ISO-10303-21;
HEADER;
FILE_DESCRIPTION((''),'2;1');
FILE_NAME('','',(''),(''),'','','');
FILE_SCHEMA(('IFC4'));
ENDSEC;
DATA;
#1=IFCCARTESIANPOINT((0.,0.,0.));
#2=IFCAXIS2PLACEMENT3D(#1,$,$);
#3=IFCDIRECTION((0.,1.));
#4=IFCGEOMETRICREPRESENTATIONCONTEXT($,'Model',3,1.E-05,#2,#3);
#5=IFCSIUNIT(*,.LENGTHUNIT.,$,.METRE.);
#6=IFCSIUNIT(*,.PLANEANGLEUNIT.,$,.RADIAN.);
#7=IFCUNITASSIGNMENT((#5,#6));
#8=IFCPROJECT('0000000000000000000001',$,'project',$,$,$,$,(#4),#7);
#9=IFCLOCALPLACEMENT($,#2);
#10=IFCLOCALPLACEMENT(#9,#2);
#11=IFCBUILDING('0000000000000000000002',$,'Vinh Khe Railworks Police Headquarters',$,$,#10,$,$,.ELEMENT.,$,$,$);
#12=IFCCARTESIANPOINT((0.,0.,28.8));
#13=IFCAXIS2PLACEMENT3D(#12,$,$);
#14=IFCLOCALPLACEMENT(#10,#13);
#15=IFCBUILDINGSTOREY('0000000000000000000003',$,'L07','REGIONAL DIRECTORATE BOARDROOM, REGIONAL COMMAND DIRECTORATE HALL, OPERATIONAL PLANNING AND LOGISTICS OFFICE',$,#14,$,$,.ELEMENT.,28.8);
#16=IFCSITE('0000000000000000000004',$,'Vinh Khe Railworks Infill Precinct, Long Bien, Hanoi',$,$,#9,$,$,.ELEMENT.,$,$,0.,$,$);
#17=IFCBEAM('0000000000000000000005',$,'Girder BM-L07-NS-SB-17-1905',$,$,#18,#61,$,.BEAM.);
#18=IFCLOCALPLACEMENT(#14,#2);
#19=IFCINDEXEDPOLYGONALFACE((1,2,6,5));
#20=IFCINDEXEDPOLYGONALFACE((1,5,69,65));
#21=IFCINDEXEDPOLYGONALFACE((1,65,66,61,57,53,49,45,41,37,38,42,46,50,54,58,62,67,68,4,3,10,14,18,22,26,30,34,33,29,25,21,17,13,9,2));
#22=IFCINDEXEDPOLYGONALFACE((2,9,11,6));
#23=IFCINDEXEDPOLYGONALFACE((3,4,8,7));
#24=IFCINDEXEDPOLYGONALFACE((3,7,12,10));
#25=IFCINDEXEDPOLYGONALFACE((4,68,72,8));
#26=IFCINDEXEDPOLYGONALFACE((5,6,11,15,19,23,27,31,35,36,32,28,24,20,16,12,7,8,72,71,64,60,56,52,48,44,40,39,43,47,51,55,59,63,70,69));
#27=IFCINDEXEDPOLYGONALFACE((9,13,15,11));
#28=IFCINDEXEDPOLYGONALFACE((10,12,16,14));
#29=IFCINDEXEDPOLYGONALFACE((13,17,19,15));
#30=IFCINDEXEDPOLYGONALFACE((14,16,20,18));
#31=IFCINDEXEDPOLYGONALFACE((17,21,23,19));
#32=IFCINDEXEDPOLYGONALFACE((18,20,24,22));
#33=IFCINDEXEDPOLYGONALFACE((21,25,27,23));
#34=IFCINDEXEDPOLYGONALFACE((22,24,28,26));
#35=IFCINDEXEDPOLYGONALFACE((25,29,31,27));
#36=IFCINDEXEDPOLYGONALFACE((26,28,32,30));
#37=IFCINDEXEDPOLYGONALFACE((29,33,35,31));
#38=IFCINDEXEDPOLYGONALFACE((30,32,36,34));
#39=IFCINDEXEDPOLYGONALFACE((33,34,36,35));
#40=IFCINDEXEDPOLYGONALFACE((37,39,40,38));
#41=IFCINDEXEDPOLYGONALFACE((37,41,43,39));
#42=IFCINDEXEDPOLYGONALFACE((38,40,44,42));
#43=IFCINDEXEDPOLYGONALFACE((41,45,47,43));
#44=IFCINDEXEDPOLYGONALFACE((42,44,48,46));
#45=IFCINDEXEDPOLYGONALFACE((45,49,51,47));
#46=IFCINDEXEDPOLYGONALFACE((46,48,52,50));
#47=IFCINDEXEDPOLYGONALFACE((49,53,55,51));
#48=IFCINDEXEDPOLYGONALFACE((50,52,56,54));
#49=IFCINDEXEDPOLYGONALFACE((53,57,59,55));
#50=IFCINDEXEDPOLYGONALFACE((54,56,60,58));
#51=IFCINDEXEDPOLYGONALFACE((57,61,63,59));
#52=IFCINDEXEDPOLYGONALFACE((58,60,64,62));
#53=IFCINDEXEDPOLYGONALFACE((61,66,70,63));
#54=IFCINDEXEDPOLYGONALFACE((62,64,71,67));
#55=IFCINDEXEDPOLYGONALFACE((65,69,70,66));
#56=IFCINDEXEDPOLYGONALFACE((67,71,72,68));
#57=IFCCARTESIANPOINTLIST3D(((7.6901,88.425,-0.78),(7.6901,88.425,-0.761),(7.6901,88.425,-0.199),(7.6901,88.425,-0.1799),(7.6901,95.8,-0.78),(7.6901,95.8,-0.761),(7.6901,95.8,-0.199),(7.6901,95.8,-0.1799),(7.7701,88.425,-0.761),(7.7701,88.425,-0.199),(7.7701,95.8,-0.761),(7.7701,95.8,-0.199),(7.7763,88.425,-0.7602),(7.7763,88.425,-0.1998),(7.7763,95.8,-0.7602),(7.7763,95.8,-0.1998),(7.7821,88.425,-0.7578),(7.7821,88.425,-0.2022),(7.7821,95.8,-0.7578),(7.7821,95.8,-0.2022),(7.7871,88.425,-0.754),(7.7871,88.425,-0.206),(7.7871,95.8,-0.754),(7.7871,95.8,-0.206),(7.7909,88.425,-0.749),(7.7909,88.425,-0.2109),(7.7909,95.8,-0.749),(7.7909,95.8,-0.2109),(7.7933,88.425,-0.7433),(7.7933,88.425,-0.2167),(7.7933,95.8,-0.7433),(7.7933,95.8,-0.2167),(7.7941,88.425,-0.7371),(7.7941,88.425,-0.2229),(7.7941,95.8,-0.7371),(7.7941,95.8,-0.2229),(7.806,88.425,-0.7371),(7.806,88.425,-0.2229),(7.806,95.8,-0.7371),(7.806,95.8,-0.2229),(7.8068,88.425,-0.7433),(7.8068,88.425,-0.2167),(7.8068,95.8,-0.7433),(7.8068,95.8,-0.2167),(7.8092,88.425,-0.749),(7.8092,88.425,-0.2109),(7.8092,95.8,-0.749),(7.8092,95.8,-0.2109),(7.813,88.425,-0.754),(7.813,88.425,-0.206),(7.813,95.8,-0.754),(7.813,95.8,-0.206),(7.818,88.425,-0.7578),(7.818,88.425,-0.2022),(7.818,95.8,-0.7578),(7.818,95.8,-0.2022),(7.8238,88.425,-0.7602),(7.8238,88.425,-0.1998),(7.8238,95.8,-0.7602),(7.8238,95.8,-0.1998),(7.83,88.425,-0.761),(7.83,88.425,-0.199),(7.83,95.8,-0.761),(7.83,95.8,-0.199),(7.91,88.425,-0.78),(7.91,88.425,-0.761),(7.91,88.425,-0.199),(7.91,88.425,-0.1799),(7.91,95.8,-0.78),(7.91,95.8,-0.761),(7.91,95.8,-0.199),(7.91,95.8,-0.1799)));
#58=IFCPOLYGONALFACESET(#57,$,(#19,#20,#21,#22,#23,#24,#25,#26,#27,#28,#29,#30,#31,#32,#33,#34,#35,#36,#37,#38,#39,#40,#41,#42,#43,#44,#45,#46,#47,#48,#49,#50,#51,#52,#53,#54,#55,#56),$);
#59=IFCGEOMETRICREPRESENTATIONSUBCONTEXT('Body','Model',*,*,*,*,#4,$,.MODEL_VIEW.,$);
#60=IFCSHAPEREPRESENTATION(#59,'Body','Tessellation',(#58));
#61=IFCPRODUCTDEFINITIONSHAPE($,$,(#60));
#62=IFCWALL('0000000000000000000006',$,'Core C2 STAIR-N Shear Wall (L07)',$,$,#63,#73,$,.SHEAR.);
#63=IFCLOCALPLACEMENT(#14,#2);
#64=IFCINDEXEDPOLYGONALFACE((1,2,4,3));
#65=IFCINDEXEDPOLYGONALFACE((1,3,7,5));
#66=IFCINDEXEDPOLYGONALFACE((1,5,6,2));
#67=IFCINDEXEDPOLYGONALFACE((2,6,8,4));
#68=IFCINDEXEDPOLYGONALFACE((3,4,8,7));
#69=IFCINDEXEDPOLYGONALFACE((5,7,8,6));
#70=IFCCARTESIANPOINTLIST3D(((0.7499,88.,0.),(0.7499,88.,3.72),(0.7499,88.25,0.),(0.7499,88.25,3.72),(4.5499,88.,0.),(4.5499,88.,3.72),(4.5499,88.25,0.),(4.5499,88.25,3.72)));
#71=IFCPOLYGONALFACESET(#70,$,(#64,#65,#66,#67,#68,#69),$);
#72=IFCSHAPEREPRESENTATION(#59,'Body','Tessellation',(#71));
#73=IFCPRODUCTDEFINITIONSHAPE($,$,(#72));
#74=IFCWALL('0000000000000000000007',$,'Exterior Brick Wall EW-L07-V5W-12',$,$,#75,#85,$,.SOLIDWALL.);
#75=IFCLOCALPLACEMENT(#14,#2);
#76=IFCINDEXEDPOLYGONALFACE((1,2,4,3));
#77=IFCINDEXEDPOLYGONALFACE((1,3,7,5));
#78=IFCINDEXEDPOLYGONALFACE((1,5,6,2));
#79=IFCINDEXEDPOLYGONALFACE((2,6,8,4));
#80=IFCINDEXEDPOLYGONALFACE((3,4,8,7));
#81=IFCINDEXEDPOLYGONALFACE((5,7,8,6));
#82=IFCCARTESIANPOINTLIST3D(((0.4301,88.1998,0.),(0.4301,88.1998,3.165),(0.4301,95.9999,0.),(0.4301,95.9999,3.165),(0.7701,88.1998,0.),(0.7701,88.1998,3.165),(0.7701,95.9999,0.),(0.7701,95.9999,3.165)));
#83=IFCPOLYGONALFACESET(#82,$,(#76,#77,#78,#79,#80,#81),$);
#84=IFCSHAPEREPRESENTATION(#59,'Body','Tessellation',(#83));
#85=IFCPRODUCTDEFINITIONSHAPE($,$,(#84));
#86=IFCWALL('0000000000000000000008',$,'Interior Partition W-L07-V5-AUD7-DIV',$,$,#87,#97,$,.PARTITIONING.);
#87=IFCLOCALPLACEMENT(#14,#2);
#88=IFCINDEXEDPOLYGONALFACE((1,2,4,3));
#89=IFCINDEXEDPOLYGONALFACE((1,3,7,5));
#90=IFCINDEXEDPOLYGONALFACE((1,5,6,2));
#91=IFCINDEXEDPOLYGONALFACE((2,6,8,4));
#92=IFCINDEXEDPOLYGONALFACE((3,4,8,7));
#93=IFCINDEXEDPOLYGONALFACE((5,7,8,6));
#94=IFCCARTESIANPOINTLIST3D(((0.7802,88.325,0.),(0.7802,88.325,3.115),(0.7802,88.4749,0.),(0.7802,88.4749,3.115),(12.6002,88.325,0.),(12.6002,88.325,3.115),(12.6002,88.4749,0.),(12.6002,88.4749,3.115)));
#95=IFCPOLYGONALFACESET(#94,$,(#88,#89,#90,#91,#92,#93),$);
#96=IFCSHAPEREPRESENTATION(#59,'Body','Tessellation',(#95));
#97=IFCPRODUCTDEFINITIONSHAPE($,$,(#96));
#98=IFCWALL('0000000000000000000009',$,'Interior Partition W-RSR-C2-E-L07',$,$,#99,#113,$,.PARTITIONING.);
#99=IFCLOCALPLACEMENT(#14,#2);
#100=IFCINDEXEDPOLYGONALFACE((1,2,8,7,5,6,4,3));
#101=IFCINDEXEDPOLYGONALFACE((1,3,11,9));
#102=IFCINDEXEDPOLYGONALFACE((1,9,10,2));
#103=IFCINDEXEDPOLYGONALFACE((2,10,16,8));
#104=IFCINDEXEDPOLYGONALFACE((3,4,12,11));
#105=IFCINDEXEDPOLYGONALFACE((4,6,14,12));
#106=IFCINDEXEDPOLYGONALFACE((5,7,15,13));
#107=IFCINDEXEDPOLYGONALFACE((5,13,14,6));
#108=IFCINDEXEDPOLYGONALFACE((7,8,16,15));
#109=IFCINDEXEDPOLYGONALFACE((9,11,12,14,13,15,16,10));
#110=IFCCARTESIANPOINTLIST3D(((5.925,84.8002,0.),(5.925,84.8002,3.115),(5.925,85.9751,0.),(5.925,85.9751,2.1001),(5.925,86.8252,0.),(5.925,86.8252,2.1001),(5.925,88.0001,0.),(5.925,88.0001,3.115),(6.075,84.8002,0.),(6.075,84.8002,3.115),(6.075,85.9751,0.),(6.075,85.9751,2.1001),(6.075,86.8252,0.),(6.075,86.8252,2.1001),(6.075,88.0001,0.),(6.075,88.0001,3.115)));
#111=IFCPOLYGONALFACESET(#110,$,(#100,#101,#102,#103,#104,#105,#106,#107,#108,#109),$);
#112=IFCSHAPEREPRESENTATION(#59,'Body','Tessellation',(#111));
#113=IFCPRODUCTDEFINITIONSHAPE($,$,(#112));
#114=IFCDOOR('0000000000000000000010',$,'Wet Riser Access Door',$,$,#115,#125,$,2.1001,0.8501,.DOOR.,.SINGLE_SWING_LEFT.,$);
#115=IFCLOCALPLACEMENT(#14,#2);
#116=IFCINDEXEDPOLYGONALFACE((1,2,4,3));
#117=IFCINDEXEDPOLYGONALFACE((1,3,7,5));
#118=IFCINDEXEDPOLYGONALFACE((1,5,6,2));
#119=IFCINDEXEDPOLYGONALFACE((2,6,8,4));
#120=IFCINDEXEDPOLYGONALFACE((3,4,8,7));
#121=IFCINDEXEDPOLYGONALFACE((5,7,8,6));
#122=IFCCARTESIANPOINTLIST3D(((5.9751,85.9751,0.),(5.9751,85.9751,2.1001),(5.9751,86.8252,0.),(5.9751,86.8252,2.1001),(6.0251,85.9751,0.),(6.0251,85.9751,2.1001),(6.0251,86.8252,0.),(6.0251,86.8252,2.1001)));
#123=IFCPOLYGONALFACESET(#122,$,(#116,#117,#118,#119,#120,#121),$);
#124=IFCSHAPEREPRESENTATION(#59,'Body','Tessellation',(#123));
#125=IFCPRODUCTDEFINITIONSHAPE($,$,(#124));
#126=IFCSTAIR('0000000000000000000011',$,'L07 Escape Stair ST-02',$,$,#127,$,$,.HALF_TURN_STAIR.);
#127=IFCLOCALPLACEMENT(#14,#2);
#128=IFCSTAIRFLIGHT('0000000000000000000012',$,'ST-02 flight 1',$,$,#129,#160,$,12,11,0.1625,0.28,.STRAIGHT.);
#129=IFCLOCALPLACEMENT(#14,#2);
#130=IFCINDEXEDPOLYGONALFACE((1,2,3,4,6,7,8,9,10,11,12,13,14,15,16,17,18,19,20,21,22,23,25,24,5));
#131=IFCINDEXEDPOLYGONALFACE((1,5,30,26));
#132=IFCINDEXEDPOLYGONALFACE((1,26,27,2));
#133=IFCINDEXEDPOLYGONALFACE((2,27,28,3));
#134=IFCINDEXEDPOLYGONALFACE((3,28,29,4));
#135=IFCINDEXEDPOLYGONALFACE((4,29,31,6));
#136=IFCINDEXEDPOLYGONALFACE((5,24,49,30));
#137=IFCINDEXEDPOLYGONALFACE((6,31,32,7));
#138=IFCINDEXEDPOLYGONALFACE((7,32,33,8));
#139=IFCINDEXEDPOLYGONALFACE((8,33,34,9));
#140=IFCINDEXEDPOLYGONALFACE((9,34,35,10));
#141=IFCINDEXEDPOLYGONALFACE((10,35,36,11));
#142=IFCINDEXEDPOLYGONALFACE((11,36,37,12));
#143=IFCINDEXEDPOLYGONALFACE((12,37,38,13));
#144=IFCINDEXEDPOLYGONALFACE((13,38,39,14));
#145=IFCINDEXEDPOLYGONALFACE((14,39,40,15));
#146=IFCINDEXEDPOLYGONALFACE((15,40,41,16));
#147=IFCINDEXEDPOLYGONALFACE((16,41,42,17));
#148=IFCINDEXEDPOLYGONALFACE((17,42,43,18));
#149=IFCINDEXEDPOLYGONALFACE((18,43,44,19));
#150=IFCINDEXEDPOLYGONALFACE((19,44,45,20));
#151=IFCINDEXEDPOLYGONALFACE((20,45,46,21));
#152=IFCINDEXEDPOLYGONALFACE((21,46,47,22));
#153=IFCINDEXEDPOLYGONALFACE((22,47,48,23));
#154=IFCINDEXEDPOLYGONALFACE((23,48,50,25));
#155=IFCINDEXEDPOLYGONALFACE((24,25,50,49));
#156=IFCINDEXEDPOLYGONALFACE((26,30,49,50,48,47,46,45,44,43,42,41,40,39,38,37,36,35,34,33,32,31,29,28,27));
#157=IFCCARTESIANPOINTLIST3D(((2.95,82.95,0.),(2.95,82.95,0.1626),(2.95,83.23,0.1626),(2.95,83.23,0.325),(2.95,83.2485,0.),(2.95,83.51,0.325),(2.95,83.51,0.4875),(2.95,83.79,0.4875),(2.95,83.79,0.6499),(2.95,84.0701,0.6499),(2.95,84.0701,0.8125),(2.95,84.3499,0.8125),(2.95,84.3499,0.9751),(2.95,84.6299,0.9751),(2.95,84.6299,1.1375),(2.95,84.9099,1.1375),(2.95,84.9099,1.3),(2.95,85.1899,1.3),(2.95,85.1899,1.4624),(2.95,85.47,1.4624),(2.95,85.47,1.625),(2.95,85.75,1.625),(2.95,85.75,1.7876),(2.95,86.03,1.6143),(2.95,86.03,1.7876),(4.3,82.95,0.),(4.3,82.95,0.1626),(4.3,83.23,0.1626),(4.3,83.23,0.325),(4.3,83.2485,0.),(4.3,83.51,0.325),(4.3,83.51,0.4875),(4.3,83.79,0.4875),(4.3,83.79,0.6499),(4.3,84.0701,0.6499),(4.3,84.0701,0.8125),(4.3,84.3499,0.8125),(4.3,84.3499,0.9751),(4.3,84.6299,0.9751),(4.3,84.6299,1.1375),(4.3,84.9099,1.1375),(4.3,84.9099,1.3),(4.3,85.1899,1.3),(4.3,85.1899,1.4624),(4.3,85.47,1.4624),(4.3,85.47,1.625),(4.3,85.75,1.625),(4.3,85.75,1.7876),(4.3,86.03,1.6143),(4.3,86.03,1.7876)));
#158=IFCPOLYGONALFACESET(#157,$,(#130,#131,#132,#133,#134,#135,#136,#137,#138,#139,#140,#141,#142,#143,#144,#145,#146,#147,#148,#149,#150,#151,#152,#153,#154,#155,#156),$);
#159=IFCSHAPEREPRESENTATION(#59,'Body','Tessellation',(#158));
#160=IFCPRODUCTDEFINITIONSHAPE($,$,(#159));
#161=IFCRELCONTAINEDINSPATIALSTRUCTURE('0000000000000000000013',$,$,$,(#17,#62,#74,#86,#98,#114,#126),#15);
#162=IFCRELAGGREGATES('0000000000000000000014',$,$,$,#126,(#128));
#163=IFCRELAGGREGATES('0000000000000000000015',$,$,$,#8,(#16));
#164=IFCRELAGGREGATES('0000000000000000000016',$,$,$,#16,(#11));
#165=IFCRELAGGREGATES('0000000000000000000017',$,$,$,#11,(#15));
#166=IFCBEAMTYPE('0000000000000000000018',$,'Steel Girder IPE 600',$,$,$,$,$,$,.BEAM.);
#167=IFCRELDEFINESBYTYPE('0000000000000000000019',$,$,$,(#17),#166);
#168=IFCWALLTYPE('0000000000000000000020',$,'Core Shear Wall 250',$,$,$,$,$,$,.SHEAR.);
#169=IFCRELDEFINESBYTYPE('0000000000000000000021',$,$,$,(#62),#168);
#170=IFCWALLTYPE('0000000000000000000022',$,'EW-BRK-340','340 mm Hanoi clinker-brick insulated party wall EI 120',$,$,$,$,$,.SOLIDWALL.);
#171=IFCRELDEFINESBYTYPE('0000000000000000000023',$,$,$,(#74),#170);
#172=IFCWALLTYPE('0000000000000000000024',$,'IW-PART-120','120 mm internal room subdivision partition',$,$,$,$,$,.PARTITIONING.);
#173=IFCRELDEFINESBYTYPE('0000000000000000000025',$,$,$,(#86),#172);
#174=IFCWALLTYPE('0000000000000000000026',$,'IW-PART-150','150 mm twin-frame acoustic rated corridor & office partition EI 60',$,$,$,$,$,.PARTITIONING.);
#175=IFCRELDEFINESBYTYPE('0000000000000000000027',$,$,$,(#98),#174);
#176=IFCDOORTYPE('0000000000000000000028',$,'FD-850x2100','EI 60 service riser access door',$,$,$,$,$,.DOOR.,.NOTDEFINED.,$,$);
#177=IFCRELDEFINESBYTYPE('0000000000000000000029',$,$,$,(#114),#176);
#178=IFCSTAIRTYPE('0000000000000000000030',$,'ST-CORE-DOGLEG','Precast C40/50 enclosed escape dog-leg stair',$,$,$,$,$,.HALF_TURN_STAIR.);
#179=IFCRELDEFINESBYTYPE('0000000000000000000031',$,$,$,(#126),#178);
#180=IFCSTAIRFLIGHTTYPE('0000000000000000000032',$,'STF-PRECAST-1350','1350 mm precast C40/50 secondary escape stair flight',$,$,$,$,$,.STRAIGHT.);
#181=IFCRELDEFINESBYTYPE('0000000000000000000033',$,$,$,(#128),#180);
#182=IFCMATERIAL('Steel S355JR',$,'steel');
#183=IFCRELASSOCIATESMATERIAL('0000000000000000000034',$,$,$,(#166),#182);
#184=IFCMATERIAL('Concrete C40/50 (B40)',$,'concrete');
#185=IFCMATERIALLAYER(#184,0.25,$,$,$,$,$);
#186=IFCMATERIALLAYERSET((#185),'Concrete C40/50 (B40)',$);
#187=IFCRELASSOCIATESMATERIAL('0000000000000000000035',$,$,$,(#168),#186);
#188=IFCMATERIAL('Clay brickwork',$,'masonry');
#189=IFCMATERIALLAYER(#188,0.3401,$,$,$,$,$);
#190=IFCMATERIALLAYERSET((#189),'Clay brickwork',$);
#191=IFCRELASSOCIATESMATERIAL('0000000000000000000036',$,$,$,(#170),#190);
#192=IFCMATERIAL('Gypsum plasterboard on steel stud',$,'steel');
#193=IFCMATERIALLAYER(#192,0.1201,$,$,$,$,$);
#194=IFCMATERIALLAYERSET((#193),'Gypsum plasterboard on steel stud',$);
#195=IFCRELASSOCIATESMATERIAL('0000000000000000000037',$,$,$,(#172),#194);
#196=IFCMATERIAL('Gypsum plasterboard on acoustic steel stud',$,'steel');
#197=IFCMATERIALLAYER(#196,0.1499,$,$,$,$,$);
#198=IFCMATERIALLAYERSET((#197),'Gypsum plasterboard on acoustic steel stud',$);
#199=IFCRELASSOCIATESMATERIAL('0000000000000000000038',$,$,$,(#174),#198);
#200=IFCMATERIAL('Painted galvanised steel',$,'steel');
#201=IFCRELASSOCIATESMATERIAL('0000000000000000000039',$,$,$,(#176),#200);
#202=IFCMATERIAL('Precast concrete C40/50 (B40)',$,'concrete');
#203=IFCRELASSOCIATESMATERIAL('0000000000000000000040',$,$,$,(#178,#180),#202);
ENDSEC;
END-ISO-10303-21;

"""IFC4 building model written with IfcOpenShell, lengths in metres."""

from ifc_helpers import new_model, si_unit, direction, frame, frame_2d, origin, origin_2d, place, context, subcontext, project, spatial, polyline, rectangle, i_section, outline, extrude, material, layer, layer_set, material_profile, profile_set, type_object, element, fill, aggregate, save


model = new_model("IFC4")

# Units and contexts
model_context = context("Model", 3, precision=1e-05, world=origin(), true_north=direction((0.0, 1.0)))
body_context = subcontext(model_context, "Body", "Model", "MODEL_VIEW")
ifc_project = project(units=[si_unit("LENGTHUNIT", "METRE"), si_unit("PLANEANGLEUNIT", "RADIAN")], contexts=[model_context])

# Site, building, storey
site_placement = place(None, origin())
site = spatial("IfcSite", under=ifc_project, at=site_placement, Name="Vinh Khe Railworks Infill Precinct, Long Bien, Hanoi", CompositionType="ELEMENT", RefElevation=0.0)
building_placement = place(site_placement, origin())
building = spatial("IfcBuilding", under=site, at=building_placement, Name="Vinh Khe Railworks Police Headquarters", CompositionType="ELEMENT")
storey_placement = place(building_placement, frame((0.0, 0.0, 28.8)))
storey = spatial("IfcBuildingStorey", under=building, at=storey_placement, Name="L07", Description="REGIONAL DIRECTORATE BOARDROOM, REGIONAL COMMAND DIRECTORATE HALL, OPERATIONAL PLANNING AND LOGISTICS OFFICE", CompositionType="ELEMENT", Elevation=28.8)

# Shared definitions
ifc_material_1 = material(Name="Steel S355JR", Category="steel")

# Beam
ifc_material_profile_1 = material_profile(ifc_material_1, i_section(OverallWidth=0.22, OverallDepth=0.6001, WebThickness=0.012, FlangeThickness=0.019, FilletRadius=0.0239, at=origin_2d()), Name="IPE 600")
ifc_profile_set_1 = profile_set([ifc_material_profile_1], Name="Steel S355JR")
beam_type_1 = type_object("IfcBeamType", Name="Steel Girder IPE 600", PredefinedType="BEAM", material=ifc_profile_set_1)
beam_1_placement = place(storey_placement, frame((7.8, 88.425, -0.48), z_axis=(0.0, 1.0, 0.0), x_axis=(-1.0, 0.0, 0.0)))
element("IfcBeam", 1, at=beam_1_placement, inside=storey, type_object=beam_type_1, Name="Girder BM-L07-NS-SB-17-1905", PredefinedType="BEAM", context=body_context, shape_type="SweptSolid", body=[
    extrude(i_section(OverallWidth=0.22, OverallDepth=0.6001, WebThickness=0.012, FlangeThickness=0.019, FilletRadius=0.0239, at=origin_2d()), origin(), (0.0, 0.0, 1.0), 7.375),
])

# Walls
ifc_material_2 = material(Name="Concrete C40/50 (B40)", Category="concrete")
ifc_layer_1 = layer(ifc_material_2, 0.25)
ifc_layer_set_1 = layer_set([ifc_layer_1], Name="Concrete C40/50 (B40)")
wall_type_1 = type_object("IfcWallType", Name="Core Shear Wall 250", PredefinedType="SHEAR", material=ifc_layer_set_1)
wall_1_placement = place(storey_placement, frame((0.75, 88.125, 0.0), z_axis=(0.0, 0.0, 1.0), x_axis=(1.0, 0.0, 0.0)))
element("IfcWall", 2, at=wall_1_placement, inside=storey, type_object=wall_type_1, Name="Core C2 STAIR-N Shear Wall (L07)", PredefinedType="SHEAR", context=body_context, shape_type="SweptSolid", body=[
    extrude(rectangle(XDim=3.8, YDim=0.25, at=frame_2d((1.8999, 0.0))), origin(), (0.0, 0.0, 1.0), 3.72),
])
ifc_material_3 = material(Name="Clay brickwork", Category="masonry")
ifc_layer_2 = layer(ifc_material_3, 0.3401)
ifc_layer_set_2 = layer_set([ifc_layer_2], Name="Clay brickwork")
wall_type_2 = type_object("IfcWallType", Name="EW-BRK-340", Description="340 mm Hanoi clinker-brick insulated party wall EI 120", PredefinedType="SOLIDWALL", material=ifc_layer_set_2)
wall_2_placement = place(storey_placement, frame((0.6001, 88.2, 0.0), z_axis=(0.0, 0.0, 1.0), x_axis=(0.0, 1.0, 0.0)))
element("IfcWall", 3, at=wall_2_placement, inside=storey, type_object=wall_type_2, Name="Exterior Brick Wall EW-L07-V5W-12", PredefinedType="SOLIDWALL", context=body_context, shape_type="SweptSolid", body=[
    extrude(rectangle(XDim=7.8, YDim=0.3401, at=frame_2d((3.8999, 0.0))), origin(), (0.0, 0.0, 1.0), 3.165),
])
ifc_material_4 = material(Name="Gypsum plasterboard on steel stud", Category="steel")
ifc_layer_3 = layer(ifc_material_4, 0.1201)
ifc_layer_set_3 = layer_set([ifc_layer_3], Name="Gypsum plasterboard on steel stud")
wall_type_3 = type_object("IfcWallType", Name="IW-PART-120", Description="120 mm internal room subdivision partition", PredefinedType="PARTITIONING", material=ifc_layer_set_3)
wall_3_placement = place(storey_placement, frame((0.78, 88.3999, 0.0), z_axis=(0.0, 0.0, 1.0), x_axis=(1.0, 0.0, 0.0)))
element("IfcWall", 4, at=wall_3_placement, inside=storey, type_object=wall_type_3, Name="Interior Partition W-L07-V5-AUD7-DIV", PredefinedType="PARTITIONING", context=body_context, shape_type="SweptSolid", body=[
    extrude(rectangle(XDim=11.8201, YDim=0.1499, at=frame_2d((5.9102, 0.0))), origin(), (0.0, 0.0, 1.0), 3.115),
])

# Wall, opening, door
ifc_material_5 = material(Name="Gypsum plasterboard on acoustic steel stud", Category="steel")
ifc_layer_4 = layer(ifc_material_5, 0.1499)
ifc_layer_set_4 = layer_set([ifc_layer_4], Name="Gypsum plasterboard on acoustic steel stud")
wall_type_4 = type_object("IfcWallType", Name="IW-PART-150", Description="150 mm twin-frame acoustic rated corridor & office partition EI 60", PredefinedType="PARTITIONING", material=ifc_layer_set_4)
wall_4_placement = place(storey_placement, frame((6.0, 84.8, 0.0), z_axis=(0.0, 0.0, 1.0), x_axis=(0.0, 1.0, 0.0)))
wall_4 = element("IfcWall", 5, at=wall_4_placement, inside=storey, type_object=wall_type_4, Name="Interior Partition W-RSR-C2-E-L07", PredefinedType="PARTITIONING", context=body_context, shape_type="SweptSolid", body=[
    extrude(rectangle(XDim=3.2, YDim=0.1499, at=frame_2d((1.6001, 0.0))), origin(), (0.0, 0.0, 1.0), 3.115),
])
opening_placement = place(wall_4_placement, frame((1.175, 0.0, 0.0)))
opening = element("IfcOpeningElement", 6, at=opening_placement, cuts=wall_4, PredefinedType="OPENING", context=body_context, shape_type="SweptSolid", body=[
    extrude(rectangle(XDim=0.8501, YDim=2.1001, at=frame_2d((0.425, 1.05))), frame((0.0, 0.0898, 0.0), z_axis=(0.0, -1.0, 0.0), x_axis=(1.0, 0.0, 0.0)), (0.0, 0.0, 1.0), 0.1797),
])
ifc_material_6 = material(Name="Painted galvanised steel", Category="steel")
door_type = type_object("IfcDoorType", Name="FD-850x2100", Description="EI 60 service riser access door", OperationType="NOTDEFINED", PredefinedType="DOOR", material=ifc_material_6)
door_placement = place(opening_placement, origin())
door = element("IfcDoor", 7, at=door_placement, inside=storey, type_object=door_type, Name="Wet Riser Access Door", OperationType="SINGLE_SWING_LEFT", OverallHeight=2.1001, OverallWidth=0.8501, PredefinedType="DOOR", context=body_context, shape_type="SweptSolid", body=[
    extrude(rectangle(XDim=0.8501, YDim=2.1001, at=frame_2d((0.425, 1.05))), frame((0.0, 0.0249, 0.0), z_axis=(0.0, -1.0, 0.0), x_axis=(1.0, 0.0, 0.0)), (0.0, 0.0, 1.0), 0.05),
])
fill(opening, door)

# Stair, stair flight
ifc_material_7 = material(Name="Precast concrete C40/50 (B40)", Category="concrete")
stair_type = type_object("IfcStairType", Name="ST-CORE-DOGLEG", Description="Precast C40/50 enclosed escape dog-leg stair", PredefinedType="HALF_TURN_STAIR", material=ifc_material_7)
stair_placement = place(storey_placement, origin())
stair = element("IfcStair", 8, at=stair_placement, inside=storey, type_object=stair_type, Name="L07 Escape Stair ST-02", PredefinedType="HALF_TURN_STAIR")
stair_flight_type = type_object("IfcStairFlightType", Name="STF-PRECAST-1350", Description="1350 mm precast C40/50 secondary escape stair flight", PredefinedType="STRAIGHT", material=ifc_material_7)
stair_flight_1_placement = place(storey_placement, frame((3.625, 82.95, 0.0), z_axis=(0.0, 0.0, 1.0), x_axis=(0.0, 1.0, 0.0)))
stair_flight_1 = element("IfcStairFlight", 9, at=stair_flight_1_placement, type_object=stair_flight_type, Name="ST-02 flight 1", NumberOfRisers=12, NumberOfTreads=11, PredefinedType="STRAIGHT", RiserHeight=0.1625, TreadLength=0.28, context=body_context, shape_type="SweptSolid", body=[
    extrude(outline(polyline([(0.0, 0.0), (0.0, 0.1626), (0.28, 0.1626), (0.28, 0.325), (0.5601, 0.325), (0.5601, 0.4875), (0.8401, 0.4875), (0.8401, 0.6499), (1.1201, 0.6499), (1.1201, 0.8125), (1.3999, 0.8125), (1.3999, 0.9751), (1.6799, 0.9751), (1.6799, 1.1375), (1.96, 1.1375), (1.96, 1.3), (2.24, 1.3), (2.24, 1.4624), (2.52, 1.4624), (2.52, 1.625), (2.8, 1.625), (2.8, 1.7876), (3.0801, 1.7876), (3.0801, 1.95), (3.0801, 1.6143), (0.2986, 0.0), (0.0, 0.0)])), frame((0.0, 0.675, 0.0), z_axis=(0.0, -1.0, 0.0), x_axis=(1.0, 0.0, 0.0)), (0.0, 0.0, 1.0), 1.3501),
])
aggregate(stair, [stair_flight_1])

save(model, "model.ifc")
